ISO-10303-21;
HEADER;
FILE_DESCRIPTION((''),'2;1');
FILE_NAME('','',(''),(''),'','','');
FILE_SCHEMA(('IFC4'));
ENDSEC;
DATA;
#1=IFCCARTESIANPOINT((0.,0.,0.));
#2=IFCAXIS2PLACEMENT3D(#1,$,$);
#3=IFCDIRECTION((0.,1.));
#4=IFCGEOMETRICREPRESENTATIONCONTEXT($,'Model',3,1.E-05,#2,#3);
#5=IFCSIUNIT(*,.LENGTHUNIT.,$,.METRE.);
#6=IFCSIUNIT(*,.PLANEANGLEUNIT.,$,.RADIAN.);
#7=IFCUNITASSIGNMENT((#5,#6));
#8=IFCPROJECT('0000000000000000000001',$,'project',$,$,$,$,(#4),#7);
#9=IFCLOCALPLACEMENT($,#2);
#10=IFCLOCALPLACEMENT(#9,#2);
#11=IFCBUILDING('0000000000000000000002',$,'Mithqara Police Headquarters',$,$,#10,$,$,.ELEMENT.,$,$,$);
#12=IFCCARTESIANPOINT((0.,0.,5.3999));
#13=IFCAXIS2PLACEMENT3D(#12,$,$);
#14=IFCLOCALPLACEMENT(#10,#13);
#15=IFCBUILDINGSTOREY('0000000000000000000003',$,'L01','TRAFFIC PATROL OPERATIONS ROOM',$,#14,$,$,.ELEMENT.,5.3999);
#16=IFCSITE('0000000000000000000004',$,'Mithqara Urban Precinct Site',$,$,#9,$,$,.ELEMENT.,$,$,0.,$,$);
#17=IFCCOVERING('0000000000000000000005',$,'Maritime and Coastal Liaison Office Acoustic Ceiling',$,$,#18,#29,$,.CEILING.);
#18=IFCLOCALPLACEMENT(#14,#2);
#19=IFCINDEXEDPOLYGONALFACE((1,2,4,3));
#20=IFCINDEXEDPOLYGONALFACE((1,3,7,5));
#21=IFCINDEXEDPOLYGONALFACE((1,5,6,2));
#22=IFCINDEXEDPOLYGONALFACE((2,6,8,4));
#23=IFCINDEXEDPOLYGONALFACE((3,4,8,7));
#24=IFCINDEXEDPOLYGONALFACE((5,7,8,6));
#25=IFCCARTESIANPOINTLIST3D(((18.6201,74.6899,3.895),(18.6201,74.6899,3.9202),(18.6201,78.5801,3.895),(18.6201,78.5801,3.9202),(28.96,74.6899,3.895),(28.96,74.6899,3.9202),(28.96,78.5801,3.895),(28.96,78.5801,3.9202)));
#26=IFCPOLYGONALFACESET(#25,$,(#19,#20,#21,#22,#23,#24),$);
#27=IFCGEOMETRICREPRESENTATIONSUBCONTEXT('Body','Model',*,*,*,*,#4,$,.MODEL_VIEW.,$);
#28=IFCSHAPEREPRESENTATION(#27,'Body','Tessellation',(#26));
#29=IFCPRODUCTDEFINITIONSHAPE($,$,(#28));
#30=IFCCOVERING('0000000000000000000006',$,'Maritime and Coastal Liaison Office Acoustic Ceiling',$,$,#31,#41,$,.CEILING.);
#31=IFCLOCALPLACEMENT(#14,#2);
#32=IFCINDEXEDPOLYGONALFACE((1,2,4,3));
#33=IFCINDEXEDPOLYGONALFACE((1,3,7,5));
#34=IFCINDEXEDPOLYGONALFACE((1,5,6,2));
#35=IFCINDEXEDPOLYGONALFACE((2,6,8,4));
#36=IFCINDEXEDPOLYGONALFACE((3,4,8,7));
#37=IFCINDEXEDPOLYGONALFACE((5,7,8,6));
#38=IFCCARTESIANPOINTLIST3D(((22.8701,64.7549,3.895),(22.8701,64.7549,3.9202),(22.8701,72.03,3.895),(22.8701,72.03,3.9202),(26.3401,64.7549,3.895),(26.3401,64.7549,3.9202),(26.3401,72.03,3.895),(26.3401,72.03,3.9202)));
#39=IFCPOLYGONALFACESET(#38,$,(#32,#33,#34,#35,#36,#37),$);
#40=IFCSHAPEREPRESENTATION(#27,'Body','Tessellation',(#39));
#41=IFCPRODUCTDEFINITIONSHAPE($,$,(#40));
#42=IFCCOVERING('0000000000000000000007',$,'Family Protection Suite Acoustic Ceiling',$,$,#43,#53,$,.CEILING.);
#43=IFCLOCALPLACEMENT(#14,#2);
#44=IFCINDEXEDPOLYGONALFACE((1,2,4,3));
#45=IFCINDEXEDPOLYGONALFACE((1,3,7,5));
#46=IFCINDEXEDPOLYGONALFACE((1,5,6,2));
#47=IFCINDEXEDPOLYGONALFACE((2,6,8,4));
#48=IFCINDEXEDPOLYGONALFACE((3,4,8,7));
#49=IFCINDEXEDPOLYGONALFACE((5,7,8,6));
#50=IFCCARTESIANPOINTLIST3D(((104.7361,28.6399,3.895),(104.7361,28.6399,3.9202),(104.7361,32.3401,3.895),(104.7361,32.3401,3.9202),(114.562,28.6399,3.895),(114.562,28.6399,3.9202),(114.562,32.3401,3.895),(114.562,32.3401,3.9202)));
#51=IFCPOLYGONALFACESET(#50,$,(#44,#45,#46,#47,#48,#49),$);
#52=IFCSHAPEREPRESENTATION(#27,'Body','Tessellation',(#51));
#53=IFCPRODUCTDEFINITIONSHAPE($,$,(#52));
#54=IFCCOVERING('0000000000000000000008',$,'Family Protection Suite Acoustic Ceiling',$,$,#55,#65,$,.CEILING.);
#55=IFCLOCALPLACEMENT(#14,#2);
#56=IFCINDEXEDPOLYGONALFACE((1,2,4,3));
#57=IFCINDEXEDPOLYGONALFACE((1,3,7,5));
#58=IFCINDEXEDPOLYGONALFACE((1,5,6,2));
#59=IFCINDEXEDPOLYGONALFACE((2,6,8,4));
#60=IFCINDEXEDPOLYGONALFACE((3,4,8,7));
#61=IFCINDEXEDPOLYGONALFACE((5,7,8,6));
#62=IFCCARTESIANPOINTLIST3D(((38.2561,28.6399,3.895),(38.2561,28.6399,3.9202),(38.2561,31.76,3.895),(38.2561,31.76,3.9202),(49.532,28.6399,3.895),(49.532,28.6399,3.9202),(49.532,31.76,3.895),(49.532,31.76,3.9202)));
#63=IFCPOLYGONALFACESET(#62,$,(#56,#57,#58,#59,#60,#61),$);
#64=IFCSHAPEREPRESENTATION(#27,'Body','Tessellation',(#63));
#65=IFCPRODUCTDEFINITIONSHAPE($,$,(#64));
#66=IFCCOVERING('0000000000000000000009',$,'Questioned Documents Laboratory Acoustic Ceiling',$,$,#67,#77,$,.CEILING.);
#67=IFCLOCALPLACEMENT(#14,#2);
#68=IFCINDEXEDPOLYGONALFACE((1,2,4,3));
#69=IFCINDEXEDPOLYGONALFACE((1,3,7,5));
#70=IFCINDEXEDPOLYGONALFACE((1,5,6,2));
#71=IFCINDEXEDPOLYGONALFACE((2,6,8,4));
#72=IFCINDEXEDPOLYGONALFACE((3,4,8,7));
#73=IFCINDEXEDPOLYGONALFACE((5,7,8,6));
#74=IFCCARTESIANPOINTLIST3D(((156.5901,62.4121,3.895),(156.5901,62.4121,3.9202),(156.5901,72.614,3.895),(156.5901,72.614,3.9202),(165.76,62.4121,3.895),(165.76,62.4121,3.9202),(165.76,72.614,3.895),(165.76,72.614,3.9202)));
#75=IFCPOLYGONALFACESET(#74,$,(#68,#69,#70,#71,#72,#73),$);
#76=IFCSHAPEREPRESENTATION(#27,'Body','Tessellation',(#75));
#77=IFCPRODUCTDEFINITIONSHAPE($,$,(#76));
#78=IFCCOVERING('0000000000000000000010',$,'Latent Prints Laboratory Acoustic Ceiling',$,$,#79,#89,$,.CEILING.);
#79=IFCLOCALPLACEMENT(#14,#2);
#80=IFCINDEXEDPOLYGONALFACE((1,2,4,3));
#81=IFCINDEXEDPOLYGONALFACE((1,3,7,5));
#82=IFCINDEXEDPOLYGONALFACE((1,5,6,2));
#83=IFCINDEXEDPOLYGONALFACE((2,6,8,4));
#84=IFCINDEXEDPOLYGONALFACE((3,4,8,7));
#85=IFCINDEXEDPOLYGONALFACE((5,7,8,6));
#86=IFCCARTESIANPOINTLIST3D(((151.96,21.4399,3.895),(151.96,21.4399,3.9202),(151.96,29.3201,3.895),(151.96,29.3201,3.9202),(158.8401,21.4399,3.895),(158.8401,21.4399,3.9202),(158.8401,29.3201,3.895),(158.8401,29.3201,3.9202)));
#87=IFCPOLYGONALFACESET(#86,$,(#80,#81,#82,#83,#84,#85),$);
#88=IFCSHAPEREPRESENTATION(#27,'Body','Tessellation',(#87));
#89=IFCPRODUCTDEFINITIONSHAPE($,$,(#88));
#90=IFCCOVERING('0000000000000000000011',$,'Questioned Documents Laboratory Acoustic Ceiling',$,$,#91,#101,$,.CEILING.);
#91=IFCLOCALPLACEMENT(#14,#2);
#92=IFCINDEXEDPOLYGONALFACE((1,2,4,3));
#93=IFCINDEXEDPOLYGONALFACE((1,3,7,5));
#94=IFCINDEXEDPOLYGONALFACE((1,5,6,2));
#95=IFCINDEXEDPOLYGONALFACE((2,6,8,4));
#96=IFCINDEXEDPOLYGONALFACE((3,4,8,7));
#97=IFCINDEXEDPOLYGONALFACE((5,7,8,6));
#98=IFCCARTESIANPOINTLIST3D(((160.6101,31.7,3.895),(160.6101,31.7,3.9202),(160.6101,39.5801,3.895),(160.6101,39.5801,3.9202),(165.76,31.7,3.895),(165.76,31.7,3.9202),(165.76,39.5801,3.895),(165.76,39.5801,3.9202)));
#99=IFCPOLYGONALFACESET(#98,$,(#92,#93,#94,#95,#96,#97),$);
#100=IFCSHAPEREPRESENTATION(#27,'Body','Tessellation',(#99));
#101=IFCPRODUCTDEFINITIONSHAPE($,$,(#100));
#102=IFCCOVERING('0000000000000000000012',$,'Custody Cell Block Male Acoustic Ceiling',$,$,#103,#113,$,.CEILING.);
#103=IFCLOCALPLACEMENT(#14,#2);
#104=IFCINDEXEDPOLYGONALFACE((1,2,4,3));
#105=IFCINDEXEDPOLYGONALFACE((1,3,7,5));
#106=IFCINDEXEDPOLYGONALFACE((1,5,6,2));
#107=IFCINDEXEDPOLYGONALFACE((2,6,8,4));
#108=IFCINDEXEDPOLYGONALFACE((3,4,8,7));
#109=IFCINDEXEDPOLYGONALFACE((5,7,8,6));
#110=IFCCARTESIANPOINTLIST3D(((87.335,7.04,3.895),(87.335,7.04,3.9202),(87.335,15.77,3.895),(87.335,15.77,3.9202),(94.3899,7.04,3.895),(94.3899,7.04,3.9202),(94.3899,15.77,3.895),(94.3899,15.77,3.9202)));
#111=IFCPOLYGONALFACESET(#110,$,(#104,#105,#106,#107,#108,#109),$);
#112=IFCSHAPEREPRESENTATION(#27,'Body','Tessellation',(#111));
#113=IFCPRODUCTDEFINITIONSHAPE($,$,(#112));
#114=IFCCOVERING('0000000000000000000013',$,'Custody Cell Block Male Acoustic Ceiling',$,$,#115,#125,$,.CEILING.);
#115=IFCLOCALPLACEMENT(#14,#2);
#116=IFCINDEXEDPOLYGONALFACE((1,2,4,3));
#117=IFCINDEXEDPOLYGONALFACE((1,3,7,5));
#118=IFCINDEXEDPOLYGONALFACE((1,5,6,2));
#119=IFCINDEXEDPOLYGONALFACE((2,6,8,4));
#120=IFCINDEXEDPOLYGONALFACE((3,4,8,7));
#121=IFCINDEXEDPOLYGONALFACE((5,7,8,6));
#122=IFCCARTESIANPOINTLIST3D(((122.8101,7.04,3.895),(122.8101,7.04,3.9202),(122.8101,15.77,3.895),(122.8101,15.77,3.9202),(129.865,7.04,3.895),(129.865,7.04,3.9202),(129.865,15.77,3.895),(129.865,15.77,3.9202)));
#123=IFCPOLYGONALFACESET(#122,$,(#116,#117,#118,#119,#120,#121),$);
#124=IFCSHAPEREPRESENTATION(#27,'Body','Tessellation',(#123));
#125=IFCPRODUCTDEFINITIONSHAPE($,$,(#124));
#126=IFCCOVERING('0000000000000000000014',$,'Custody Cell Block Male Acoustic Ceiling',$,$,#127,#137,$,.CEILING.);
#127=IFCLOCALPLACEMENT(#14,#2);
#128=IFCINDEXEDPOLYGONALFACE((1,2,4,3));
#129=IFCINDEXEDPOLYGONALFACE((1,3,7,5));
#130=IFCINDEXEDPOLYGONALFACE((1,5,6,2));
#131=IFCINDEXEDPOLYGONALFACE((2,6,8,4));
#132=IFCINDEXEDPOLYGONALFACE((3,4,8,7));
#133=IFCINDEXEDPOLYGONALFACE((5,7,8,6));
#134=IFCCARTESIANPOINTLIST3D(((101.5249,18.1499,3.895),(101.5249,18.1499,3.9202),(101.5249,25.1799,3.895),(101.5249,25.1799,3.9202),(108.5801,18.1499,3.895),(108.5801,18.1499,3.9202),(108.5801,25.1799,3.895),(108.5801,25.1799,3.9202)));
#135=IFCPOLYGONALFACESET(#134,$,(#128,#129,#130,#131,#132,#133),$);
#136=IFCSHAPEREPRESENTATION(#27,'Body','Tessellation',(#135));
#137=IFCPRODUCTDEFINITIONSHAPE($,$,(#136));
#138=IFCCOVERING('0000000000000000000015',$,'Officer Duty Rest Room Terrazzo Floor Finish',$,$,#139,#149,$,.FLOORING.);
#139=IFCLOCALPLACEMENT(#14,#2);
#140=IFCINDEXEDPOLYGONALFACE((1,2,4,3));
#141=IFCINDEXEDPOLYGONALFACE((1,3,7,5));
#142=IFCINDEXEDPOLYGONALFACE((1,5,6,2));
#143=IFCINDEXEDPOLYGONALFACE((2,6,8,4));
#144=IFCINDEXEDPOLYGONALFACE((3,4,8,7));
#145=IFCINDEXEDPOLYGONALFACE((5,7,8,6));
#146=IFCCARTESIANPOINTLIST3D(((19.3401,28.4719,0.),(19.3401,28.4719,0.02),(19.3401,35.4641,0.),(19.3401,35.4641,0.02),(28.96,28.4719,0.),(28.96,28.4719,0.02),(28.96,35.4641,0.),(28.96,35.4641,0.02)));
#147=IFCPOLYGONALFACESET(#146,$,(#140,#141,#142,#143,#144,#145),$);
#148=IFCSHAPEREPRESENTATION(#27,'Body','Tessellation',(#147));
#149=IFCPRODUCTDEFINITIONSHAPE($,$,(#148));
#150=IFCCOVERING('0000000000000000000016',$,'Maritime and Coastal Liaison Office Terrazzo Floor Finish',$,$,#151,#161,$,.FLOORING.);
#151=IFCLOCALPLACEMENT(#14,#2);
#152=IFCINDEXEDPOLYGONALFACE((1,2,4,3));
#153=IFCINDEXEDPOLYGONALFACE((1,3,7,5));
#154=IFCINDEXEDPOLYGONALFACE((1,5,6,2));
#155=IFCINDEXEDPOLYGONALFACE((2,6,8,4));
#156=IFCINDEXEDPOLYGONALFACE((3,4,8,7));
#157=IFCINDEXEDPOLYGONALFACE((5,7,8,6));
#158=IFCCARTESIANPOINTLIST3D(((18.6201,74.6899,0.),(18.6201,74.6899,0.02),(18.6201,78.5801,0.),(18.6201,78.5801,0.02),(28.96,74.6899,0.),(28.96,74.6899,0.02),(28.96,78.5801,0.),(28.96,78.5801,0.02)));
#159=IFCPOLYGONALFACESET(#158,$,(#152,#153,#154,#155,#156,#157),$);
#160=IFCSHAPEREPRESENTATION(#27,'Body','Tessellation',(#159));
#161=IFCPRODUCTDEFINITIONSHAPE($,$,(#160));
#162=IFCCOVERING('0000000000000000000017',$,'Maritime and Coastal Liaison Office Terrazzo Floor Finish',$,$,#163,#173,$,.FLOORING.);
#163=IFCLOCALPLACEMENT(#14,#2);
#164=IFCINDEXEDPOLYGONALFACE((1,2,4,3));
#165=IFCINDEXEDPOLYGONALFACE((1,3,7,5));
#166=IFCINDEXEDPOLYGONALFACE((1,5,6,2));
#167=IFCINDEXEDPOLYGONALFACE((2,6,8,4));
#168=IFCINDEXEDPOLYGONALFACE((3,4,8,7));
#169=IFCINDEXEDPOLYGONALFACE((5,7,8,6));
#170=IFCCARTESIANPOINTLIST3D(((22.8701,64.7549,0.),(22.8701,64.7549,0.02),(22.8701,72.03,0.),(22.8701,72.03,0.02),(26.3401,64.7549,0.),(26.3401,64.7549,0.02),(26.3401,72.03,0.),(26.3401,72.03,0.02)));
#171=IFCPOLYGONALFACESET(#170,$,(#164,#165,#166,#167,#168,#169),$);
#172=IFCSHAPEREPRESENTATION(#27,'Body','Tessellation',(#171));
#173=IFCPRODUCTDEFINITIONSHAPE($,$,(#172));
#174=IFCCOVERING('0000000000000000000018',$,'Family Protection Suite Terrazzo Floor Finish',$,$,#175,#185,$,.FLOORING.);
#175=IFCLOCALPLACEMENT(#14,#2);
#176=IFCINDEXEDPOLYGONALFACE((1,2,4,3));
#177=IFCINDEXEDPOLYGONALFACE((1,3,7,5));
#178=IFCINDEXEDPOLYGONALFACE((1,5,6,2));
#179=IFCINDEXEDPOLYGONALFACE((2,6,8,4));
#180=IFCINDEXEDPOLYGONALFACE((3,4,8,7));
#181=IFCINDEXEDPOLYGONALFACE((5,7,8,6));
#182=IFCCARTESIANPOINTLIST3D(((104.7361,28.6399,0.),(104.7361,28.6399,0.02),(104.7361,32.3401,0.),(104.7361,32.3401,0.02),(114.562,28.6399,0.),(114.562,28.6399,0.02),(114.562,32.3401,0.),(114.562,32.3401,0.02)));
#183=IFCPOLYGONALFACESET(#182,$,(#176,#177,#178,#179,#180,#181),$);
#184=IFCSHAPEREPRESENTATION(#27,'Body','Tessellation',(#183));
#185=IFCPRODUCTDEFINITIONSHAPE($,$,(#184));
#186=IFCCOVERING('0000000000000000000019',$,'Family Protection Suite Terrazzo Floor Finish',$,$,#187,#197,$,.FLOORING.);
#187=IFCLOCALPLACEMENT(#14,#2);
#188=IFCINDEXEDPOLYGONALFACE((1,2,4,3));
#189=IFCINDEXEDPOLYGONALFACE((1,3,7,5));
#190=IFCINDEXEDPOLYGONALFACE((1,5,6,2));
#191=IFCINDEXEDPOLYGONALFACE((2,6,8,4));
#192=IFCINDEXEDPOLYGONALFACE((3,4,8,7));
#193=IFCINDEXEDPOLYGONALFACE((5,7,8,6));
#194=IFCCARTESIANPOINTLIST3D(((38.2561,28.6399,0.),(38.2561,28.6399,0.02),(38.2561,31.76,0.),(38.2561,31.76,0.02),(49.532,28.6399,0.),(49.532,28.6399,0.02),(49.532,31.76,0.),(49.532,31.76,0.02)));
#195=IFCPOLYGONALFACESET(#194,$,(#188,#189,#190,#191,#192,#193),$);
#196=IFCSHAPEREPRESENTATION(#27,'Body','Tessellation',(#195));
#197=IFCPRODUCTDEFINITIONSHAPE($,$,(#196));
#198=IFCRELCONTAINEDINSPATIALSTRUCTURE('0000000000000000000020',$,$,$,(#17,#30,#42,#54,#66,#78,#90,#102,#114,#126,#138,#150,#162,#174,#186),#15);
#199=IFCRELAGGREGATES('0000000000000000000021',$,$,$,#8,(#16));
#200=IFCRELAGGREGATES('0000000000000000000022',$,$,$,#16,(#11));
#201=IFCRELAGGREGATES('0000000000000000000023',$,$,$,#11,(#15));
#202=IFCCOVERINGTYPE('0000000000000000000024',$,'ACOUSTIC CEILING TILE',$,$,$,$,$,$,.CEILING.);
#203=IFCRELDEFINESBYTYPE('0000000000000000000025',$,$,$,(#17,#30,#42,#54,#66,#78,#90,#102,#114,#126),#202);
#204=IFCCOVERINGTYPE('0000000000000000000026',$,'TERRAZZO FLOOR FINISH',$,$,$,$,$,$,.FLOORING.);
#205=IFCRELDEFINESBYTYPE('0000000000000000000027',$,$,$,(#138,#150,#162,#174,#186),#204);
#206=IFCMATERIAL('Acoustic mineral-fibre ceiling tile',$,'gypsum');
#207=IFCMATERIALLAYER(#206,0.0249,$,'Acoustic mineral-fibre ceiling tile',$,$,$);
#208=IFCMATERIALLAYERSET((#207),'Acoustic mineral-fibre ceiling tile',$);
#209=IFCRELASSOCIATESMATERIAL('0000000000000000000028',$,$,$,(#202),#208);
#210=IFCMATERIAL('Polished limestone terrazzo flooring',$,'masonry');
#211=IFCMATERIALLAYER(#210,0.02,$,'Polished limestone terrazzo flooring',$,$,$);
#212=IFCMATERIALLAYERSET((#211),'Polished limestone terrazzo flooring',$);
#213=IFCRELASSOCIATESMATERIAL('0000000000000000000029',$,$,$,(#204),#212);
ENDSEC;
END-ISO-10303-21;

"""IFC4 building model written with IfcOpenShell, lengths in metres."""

from ifc_helpers import new_model, si_unit, direction, frame, origin, place, context, subcontext, project, spatial, polyline, outline, extrude, material, layer, layer_set, type_object, element, save


model = new_model("IFC4")

# Units and contexts
model_context = context("Model", 3, precision=1e-05, world=origin(), true_north=direction((0.0, 1.0)))
body_context = subcontext(model_context, "Body", "Model", "MODEL_VIEW")
ifc_project = project(units=[si_unit("LENGTHUNIT", "METRE"), si_unit("PLANEANGLEUNIT", "RADIAN")], contexts=[model_context])

# Site, building, storey
site_placement = place(None, origin())
site = spatial("IfcSite", under=ifc_project, at=site_placement, Name="Mithqara Urban Precinct Site", CompositionType="ELEMENT", RefElevation=0.0)
building_placement = place(site_placement, origin())
building = spatial("IfcBuilding", under=site, at=building_placement, Name="Mithqara Police Headquarters", CompositionType="ELEMENT")
storey_placement = place(building_placement, frame((0.0, 0.0, 5.3999)))
storey = spatial("IfcBuildingStorey", under=building, at=storey_placement, Name="L01", Description="TRAFFIC PATROL OPERATIONS ROOM", CompositionType="ELEMENT", Elevation=5.3999)

# Coverings
ifc_material_1 = material(Name="Acoustic mineral-fibre ceiling tile", Category="gypsum")
ifc_layer_1 = layer(ifc_material_1, 0.0249, Name="Acoustic mineral-fibre ceiling tile")
ifc_layer_set_1 = layer_set([ifc_layer_1], Name="Acoustic mineral-fibre ceiling tile")
covering_type_1 = type_object("IfcCoveringType", Name="ACOUSTIC CEILING TILE", PredefinedType="CEILING", material=ifc_layer_set_1)
covering_1_placement = place(storey_placement, frame((0.0, 0.0, 3.895)))
element("IfcCovering", 1, at=covering_1_placement, inside=storey, type_object=covering_type_1, Name="Maritime and Coastal Liaison Office Acoustic Ceiling", PredefinedType="CEILING", context=body_context, shape_type="SweptSolid", body=[
    extrude(outline(polyline([(18.6201, 74.6899), (28.96, 74.6899), (28.96, 78.5801), (18.6201, 78.5801), (18.6201, 74.6899)])), origin(), (0.0, 0.0, 1.0), 0.0251),
])
covering_2_placement = place(storey_placement, frame((0.0, 0.0, 3.895)))
element("IfcCovering", 2, at=covering_2_placement, inside=storey, type_object=covering_type_1, Name="Maritime and Coastal Liaison Office Acoustic Ceiling", PredefinedType="CEILING", context=body_context, shape_type="SweptSolid", body=[
    extrude(outline(polyline([(22.8701, 64.7549), (26.3401, 64.7549), (26.3401, 72.03), (22.8701, 72.03), (22.8701, 64.7549)])), origin(), (0.0, 0.0, 1.0), 0.0251),
])
covering_3_placement = place(storey_placement, frame((0.0, 0.0, 3.895)))
element("IfcCovering", 3, at=covering_3_placement, inside=storey, type_object=covering_type_1, Name="Family Protection Suite Acoustic Ceiling", PredefinedType="CEILING", context=body_context, shape_type="SweptSolid", body=[
    extrude(outline(polyline([(104.7361, 28.6399), (114.562, 28.6399), (114.562, 32.3401), (104.7361, 32.3401), (104.7361, 28.6399)])), origin(), (0.0, 0.0, 1.0), 0.0251),
])
covering_4_placement = place(storey_placement, frame((0.0, 0.0, 3.895)))
element("IfcCovering", 4, at=covering_4_placement, inside=storey, type_object=covering_type_1, Name="Family Protection Suite Acoustic Ceiling", PredefinedType="CEILING", context=body_context, shape_type="SweptSolid", body=[
    extrude(outline(polyline([(38.2561, 28.6399), (49.532, 28.6399), (49.532, 31.76), (38.2561, 31.76), (38.2561, 28.6399)])), origin(), (0.0, 0.0, 1.0), 0.0251),
])
covering_5_placement = place(storey_placement, frame((0.0, 0.0, 3.895)))
element("IfcCovering", 5, at=covering_5_placement, inside=storey, type_object=covering_type_1, Name="Questioned Documents Laboratory Acoustic Ceiling", PredefinedType="CEILING", context=body_context, shape_type="SweptSolid", body=[
    extrude(outline(polyline([(156.5901, 62.4121), (165.76, 62.4121), (165.76, 72.614), (156.5901, 72.614), (156.5901, 62.4121)])), origin(), (0.0, 0.0, 1.0), 0.0251),
])
covering_6_placement = place(storey_placement, frame((0.0, 0.0, 3.895)))
element("IfcCovering", 6, at=covering_6_placement, inside=storey, type_object=covering_type_1, Name="Latent Prints Laboratory Acoustic Ceiling", PredefinedType="CEILING", context=body_context, shape_type="SweptSolid", body=[
    extrude(outline(polyline([(151.96, 21.4399), (158.8401, 21.4399), (158.8401, 29.3201), (151.96, 29.3201), (151.96, 21.4399)])), origin(), (0.0, 0.0, 1.0), 0.0251),
])
covering_7_placement = place(storey_placement, frame((0.0, 0.0, 3.895)))
element("IfcCovering", 7, at=covering_7_placement, inside=storey, type_object=covering_type_1, Name="Questioned Documents Laboratory Acoustic Ceiling", PredefinedType="CEILING", context=body_context, shape_type="SweptSolid", body=[
    extrude(outline(polyline([(160.6101, 31.7), (165.76, 31.7), (165.76, 39.5801), (160.6101, 39.5801), (160.6101, 31.7)])), origin(), (0.0, 0.0, 1.0), 0.0251),
])
covering_8_placement = place(storey_placement, frame((0.0, 0.0, 3.895)))
element("IfcCovering", 8, at=covering_8_placement, inside=storey, type_object=covering_type_1, Name="Custody Cell Block Male Acoustic Ceiling", PredefinedType="CEILING", context=body_context, shape_type="SweptSolid", body=[
    extrude(outline(polyline([(87.335, 7.04), (94.3899, 7.04), (94.3899, 15.77), (87.335, 15.77), (87.335, 7.04)])), origin(), (0.0, 0.0, 1.0), 0.0251),
])
covering_9_placement = place(storey_placement, frame((0.0, 0.0, 3.895)))
element("IfcCovering", 9, at=covering_9_placement, inside=storey, type_object=covering_type_1, Name="Custody Cell Block Male Acoustic Ceiling", PredefinedType="CEILING", context=body_context, shape_type="SweptSolid", body=[
    extrude(outline(polyline([(122.8101, 7.04), (129.865, 7.04), (129.865, 15.77), (122.8101, 15.77), (122.8101, 7.04)])), origin(), (0.0, 0.0, 1.0), 0.0251),
])
covering_10_placement = place(storey_placement, frame((0.0, 0.0, 3.895)))
element("IfcCovering", 10, at=covering_10_placement, inside=storey, type_object=covering_type_1, Name="Custody Cell Block Male Acoustic Ceiling", PredefinedType="CEILING", context=body_context, shape_type="SweptSolid", body=[
    extrude(outline(polyline([(101.5249, 18.1499), (108.5801, 18.1499), (108.5801, 25.1799), (101.5249, 25.1799), (101.5249, 18.1499)])), origin(), (0.0, 0.0, 1.0), 0.0251),
])
ifc_material_2 = material(Name="Polished limestone terrazzo flooring", Category="masonry")
ifc_layer_2 = layer(ifc_material_2, 0.02, Name="Polished limestone terrazzo flooring")
ifc_layer_set_2 = layer_set([ifc_layer_2], Name="Polished limestone terrazzo flooring")
covering_type_2 = type_object("IfcCoveringType", Name="TERRAZZO FLOOR FINISH", PredefinedType="FLOORING", material=ifc_layer_set_2)
covering_11_placement = place(storey_placement, origin())
element("IfcCovering", 11, at=covering_11_placement, inside=storey, type_object=covering_type_2, Name="Officer Duty Rest Room Terrazzo Floor Finish", PredefinedType="FLOORING", context=body_context, shape_type="SweptSolid", body=[
    extrude(outline(polyline([(19.3401, 28.4719), (28.96, 28.4719), (28.96, 35.4641), (19.3401, 35.4641), (19.3401, 28.4719)])), origin(), (0.0, 0.0, 1.0), 0.02),
])
covering_12_placement = place(storey_placement, origin())
element("IfcCovering", 12, at=covering_12_placement, inside=storey, type_object=covering_type_2, Name="Maritime and Coastal Liaison Office Terrazzo Floor Finish", PredefinedType="FLOORING", context=body_context, shape_type="SweptSolid", body=[
    extrude(outline(polyline([(18.6201, 74.6899), (28.96, 74.6899), (28.96, 78.5801), (18.6201, 78.5801), (18.6201, 74.6899)])), origin(), (0.0, 0.0, 1.0), 0.02),
])
covering_13_placement = place(storey_placement, origin())
element("IfcCovering", 13, at=covering_13_placement, inside=storey, type_object=covering_type_2, Name="Maritime and Coastal Liaison Office Terrazzo Floor Finish", PredefinedType="FLOORING", context=body_context, shape_type="SweptSolid", body=[
    extrude(outline(polyline([(22.8701, 64.7549), (26.3401, 64.7549), (26.3401, 72.03), (22.8701, 72.03), (22.8701, 64.7549)])), origin(), (0.0, 0.0, 1.0), 0.02),
])
covering_14_placement = place(storey_placement, origin())
element("IfcCovering", 14, at=covering_14_placement, inside=storey, type_object=covering_type_2, Name="Family Protection Suite Terrazzo Floor Finish", PredefinedType="FLOORING", context=body_context, shape_type="SweptSolid", body=[
    extrude(outline(polyline([(104.7361, 28.6399), (114.562, 28.6399), (114.562, 32.3401), (104.7361, 32.3401), (104.7361, 28.6399)])), origin(), (0.0, 0.0, 1.0), 0.02),
])
covering_15_placement = place(storey_placement, origin())
element("IfcCovering", 15, at=covering_15_placement, inside=storey, type_object=covering_type_2, Name="Family Protection Suite Terrazzo Floor Finish", PredefinedType="FLOORING", context=body_context, shape_type="SweptSolid", body=[
    extrude(outline(polyline([(38.2561, 28.6399), (49.532, 28.6399), (49.532, 31.76), (38.2561, 31.76), (38.2561, 28.6399)])), origin(), (0.0, 0.0, 1.0), 0.02),
])

save(model, "model.ifc")
